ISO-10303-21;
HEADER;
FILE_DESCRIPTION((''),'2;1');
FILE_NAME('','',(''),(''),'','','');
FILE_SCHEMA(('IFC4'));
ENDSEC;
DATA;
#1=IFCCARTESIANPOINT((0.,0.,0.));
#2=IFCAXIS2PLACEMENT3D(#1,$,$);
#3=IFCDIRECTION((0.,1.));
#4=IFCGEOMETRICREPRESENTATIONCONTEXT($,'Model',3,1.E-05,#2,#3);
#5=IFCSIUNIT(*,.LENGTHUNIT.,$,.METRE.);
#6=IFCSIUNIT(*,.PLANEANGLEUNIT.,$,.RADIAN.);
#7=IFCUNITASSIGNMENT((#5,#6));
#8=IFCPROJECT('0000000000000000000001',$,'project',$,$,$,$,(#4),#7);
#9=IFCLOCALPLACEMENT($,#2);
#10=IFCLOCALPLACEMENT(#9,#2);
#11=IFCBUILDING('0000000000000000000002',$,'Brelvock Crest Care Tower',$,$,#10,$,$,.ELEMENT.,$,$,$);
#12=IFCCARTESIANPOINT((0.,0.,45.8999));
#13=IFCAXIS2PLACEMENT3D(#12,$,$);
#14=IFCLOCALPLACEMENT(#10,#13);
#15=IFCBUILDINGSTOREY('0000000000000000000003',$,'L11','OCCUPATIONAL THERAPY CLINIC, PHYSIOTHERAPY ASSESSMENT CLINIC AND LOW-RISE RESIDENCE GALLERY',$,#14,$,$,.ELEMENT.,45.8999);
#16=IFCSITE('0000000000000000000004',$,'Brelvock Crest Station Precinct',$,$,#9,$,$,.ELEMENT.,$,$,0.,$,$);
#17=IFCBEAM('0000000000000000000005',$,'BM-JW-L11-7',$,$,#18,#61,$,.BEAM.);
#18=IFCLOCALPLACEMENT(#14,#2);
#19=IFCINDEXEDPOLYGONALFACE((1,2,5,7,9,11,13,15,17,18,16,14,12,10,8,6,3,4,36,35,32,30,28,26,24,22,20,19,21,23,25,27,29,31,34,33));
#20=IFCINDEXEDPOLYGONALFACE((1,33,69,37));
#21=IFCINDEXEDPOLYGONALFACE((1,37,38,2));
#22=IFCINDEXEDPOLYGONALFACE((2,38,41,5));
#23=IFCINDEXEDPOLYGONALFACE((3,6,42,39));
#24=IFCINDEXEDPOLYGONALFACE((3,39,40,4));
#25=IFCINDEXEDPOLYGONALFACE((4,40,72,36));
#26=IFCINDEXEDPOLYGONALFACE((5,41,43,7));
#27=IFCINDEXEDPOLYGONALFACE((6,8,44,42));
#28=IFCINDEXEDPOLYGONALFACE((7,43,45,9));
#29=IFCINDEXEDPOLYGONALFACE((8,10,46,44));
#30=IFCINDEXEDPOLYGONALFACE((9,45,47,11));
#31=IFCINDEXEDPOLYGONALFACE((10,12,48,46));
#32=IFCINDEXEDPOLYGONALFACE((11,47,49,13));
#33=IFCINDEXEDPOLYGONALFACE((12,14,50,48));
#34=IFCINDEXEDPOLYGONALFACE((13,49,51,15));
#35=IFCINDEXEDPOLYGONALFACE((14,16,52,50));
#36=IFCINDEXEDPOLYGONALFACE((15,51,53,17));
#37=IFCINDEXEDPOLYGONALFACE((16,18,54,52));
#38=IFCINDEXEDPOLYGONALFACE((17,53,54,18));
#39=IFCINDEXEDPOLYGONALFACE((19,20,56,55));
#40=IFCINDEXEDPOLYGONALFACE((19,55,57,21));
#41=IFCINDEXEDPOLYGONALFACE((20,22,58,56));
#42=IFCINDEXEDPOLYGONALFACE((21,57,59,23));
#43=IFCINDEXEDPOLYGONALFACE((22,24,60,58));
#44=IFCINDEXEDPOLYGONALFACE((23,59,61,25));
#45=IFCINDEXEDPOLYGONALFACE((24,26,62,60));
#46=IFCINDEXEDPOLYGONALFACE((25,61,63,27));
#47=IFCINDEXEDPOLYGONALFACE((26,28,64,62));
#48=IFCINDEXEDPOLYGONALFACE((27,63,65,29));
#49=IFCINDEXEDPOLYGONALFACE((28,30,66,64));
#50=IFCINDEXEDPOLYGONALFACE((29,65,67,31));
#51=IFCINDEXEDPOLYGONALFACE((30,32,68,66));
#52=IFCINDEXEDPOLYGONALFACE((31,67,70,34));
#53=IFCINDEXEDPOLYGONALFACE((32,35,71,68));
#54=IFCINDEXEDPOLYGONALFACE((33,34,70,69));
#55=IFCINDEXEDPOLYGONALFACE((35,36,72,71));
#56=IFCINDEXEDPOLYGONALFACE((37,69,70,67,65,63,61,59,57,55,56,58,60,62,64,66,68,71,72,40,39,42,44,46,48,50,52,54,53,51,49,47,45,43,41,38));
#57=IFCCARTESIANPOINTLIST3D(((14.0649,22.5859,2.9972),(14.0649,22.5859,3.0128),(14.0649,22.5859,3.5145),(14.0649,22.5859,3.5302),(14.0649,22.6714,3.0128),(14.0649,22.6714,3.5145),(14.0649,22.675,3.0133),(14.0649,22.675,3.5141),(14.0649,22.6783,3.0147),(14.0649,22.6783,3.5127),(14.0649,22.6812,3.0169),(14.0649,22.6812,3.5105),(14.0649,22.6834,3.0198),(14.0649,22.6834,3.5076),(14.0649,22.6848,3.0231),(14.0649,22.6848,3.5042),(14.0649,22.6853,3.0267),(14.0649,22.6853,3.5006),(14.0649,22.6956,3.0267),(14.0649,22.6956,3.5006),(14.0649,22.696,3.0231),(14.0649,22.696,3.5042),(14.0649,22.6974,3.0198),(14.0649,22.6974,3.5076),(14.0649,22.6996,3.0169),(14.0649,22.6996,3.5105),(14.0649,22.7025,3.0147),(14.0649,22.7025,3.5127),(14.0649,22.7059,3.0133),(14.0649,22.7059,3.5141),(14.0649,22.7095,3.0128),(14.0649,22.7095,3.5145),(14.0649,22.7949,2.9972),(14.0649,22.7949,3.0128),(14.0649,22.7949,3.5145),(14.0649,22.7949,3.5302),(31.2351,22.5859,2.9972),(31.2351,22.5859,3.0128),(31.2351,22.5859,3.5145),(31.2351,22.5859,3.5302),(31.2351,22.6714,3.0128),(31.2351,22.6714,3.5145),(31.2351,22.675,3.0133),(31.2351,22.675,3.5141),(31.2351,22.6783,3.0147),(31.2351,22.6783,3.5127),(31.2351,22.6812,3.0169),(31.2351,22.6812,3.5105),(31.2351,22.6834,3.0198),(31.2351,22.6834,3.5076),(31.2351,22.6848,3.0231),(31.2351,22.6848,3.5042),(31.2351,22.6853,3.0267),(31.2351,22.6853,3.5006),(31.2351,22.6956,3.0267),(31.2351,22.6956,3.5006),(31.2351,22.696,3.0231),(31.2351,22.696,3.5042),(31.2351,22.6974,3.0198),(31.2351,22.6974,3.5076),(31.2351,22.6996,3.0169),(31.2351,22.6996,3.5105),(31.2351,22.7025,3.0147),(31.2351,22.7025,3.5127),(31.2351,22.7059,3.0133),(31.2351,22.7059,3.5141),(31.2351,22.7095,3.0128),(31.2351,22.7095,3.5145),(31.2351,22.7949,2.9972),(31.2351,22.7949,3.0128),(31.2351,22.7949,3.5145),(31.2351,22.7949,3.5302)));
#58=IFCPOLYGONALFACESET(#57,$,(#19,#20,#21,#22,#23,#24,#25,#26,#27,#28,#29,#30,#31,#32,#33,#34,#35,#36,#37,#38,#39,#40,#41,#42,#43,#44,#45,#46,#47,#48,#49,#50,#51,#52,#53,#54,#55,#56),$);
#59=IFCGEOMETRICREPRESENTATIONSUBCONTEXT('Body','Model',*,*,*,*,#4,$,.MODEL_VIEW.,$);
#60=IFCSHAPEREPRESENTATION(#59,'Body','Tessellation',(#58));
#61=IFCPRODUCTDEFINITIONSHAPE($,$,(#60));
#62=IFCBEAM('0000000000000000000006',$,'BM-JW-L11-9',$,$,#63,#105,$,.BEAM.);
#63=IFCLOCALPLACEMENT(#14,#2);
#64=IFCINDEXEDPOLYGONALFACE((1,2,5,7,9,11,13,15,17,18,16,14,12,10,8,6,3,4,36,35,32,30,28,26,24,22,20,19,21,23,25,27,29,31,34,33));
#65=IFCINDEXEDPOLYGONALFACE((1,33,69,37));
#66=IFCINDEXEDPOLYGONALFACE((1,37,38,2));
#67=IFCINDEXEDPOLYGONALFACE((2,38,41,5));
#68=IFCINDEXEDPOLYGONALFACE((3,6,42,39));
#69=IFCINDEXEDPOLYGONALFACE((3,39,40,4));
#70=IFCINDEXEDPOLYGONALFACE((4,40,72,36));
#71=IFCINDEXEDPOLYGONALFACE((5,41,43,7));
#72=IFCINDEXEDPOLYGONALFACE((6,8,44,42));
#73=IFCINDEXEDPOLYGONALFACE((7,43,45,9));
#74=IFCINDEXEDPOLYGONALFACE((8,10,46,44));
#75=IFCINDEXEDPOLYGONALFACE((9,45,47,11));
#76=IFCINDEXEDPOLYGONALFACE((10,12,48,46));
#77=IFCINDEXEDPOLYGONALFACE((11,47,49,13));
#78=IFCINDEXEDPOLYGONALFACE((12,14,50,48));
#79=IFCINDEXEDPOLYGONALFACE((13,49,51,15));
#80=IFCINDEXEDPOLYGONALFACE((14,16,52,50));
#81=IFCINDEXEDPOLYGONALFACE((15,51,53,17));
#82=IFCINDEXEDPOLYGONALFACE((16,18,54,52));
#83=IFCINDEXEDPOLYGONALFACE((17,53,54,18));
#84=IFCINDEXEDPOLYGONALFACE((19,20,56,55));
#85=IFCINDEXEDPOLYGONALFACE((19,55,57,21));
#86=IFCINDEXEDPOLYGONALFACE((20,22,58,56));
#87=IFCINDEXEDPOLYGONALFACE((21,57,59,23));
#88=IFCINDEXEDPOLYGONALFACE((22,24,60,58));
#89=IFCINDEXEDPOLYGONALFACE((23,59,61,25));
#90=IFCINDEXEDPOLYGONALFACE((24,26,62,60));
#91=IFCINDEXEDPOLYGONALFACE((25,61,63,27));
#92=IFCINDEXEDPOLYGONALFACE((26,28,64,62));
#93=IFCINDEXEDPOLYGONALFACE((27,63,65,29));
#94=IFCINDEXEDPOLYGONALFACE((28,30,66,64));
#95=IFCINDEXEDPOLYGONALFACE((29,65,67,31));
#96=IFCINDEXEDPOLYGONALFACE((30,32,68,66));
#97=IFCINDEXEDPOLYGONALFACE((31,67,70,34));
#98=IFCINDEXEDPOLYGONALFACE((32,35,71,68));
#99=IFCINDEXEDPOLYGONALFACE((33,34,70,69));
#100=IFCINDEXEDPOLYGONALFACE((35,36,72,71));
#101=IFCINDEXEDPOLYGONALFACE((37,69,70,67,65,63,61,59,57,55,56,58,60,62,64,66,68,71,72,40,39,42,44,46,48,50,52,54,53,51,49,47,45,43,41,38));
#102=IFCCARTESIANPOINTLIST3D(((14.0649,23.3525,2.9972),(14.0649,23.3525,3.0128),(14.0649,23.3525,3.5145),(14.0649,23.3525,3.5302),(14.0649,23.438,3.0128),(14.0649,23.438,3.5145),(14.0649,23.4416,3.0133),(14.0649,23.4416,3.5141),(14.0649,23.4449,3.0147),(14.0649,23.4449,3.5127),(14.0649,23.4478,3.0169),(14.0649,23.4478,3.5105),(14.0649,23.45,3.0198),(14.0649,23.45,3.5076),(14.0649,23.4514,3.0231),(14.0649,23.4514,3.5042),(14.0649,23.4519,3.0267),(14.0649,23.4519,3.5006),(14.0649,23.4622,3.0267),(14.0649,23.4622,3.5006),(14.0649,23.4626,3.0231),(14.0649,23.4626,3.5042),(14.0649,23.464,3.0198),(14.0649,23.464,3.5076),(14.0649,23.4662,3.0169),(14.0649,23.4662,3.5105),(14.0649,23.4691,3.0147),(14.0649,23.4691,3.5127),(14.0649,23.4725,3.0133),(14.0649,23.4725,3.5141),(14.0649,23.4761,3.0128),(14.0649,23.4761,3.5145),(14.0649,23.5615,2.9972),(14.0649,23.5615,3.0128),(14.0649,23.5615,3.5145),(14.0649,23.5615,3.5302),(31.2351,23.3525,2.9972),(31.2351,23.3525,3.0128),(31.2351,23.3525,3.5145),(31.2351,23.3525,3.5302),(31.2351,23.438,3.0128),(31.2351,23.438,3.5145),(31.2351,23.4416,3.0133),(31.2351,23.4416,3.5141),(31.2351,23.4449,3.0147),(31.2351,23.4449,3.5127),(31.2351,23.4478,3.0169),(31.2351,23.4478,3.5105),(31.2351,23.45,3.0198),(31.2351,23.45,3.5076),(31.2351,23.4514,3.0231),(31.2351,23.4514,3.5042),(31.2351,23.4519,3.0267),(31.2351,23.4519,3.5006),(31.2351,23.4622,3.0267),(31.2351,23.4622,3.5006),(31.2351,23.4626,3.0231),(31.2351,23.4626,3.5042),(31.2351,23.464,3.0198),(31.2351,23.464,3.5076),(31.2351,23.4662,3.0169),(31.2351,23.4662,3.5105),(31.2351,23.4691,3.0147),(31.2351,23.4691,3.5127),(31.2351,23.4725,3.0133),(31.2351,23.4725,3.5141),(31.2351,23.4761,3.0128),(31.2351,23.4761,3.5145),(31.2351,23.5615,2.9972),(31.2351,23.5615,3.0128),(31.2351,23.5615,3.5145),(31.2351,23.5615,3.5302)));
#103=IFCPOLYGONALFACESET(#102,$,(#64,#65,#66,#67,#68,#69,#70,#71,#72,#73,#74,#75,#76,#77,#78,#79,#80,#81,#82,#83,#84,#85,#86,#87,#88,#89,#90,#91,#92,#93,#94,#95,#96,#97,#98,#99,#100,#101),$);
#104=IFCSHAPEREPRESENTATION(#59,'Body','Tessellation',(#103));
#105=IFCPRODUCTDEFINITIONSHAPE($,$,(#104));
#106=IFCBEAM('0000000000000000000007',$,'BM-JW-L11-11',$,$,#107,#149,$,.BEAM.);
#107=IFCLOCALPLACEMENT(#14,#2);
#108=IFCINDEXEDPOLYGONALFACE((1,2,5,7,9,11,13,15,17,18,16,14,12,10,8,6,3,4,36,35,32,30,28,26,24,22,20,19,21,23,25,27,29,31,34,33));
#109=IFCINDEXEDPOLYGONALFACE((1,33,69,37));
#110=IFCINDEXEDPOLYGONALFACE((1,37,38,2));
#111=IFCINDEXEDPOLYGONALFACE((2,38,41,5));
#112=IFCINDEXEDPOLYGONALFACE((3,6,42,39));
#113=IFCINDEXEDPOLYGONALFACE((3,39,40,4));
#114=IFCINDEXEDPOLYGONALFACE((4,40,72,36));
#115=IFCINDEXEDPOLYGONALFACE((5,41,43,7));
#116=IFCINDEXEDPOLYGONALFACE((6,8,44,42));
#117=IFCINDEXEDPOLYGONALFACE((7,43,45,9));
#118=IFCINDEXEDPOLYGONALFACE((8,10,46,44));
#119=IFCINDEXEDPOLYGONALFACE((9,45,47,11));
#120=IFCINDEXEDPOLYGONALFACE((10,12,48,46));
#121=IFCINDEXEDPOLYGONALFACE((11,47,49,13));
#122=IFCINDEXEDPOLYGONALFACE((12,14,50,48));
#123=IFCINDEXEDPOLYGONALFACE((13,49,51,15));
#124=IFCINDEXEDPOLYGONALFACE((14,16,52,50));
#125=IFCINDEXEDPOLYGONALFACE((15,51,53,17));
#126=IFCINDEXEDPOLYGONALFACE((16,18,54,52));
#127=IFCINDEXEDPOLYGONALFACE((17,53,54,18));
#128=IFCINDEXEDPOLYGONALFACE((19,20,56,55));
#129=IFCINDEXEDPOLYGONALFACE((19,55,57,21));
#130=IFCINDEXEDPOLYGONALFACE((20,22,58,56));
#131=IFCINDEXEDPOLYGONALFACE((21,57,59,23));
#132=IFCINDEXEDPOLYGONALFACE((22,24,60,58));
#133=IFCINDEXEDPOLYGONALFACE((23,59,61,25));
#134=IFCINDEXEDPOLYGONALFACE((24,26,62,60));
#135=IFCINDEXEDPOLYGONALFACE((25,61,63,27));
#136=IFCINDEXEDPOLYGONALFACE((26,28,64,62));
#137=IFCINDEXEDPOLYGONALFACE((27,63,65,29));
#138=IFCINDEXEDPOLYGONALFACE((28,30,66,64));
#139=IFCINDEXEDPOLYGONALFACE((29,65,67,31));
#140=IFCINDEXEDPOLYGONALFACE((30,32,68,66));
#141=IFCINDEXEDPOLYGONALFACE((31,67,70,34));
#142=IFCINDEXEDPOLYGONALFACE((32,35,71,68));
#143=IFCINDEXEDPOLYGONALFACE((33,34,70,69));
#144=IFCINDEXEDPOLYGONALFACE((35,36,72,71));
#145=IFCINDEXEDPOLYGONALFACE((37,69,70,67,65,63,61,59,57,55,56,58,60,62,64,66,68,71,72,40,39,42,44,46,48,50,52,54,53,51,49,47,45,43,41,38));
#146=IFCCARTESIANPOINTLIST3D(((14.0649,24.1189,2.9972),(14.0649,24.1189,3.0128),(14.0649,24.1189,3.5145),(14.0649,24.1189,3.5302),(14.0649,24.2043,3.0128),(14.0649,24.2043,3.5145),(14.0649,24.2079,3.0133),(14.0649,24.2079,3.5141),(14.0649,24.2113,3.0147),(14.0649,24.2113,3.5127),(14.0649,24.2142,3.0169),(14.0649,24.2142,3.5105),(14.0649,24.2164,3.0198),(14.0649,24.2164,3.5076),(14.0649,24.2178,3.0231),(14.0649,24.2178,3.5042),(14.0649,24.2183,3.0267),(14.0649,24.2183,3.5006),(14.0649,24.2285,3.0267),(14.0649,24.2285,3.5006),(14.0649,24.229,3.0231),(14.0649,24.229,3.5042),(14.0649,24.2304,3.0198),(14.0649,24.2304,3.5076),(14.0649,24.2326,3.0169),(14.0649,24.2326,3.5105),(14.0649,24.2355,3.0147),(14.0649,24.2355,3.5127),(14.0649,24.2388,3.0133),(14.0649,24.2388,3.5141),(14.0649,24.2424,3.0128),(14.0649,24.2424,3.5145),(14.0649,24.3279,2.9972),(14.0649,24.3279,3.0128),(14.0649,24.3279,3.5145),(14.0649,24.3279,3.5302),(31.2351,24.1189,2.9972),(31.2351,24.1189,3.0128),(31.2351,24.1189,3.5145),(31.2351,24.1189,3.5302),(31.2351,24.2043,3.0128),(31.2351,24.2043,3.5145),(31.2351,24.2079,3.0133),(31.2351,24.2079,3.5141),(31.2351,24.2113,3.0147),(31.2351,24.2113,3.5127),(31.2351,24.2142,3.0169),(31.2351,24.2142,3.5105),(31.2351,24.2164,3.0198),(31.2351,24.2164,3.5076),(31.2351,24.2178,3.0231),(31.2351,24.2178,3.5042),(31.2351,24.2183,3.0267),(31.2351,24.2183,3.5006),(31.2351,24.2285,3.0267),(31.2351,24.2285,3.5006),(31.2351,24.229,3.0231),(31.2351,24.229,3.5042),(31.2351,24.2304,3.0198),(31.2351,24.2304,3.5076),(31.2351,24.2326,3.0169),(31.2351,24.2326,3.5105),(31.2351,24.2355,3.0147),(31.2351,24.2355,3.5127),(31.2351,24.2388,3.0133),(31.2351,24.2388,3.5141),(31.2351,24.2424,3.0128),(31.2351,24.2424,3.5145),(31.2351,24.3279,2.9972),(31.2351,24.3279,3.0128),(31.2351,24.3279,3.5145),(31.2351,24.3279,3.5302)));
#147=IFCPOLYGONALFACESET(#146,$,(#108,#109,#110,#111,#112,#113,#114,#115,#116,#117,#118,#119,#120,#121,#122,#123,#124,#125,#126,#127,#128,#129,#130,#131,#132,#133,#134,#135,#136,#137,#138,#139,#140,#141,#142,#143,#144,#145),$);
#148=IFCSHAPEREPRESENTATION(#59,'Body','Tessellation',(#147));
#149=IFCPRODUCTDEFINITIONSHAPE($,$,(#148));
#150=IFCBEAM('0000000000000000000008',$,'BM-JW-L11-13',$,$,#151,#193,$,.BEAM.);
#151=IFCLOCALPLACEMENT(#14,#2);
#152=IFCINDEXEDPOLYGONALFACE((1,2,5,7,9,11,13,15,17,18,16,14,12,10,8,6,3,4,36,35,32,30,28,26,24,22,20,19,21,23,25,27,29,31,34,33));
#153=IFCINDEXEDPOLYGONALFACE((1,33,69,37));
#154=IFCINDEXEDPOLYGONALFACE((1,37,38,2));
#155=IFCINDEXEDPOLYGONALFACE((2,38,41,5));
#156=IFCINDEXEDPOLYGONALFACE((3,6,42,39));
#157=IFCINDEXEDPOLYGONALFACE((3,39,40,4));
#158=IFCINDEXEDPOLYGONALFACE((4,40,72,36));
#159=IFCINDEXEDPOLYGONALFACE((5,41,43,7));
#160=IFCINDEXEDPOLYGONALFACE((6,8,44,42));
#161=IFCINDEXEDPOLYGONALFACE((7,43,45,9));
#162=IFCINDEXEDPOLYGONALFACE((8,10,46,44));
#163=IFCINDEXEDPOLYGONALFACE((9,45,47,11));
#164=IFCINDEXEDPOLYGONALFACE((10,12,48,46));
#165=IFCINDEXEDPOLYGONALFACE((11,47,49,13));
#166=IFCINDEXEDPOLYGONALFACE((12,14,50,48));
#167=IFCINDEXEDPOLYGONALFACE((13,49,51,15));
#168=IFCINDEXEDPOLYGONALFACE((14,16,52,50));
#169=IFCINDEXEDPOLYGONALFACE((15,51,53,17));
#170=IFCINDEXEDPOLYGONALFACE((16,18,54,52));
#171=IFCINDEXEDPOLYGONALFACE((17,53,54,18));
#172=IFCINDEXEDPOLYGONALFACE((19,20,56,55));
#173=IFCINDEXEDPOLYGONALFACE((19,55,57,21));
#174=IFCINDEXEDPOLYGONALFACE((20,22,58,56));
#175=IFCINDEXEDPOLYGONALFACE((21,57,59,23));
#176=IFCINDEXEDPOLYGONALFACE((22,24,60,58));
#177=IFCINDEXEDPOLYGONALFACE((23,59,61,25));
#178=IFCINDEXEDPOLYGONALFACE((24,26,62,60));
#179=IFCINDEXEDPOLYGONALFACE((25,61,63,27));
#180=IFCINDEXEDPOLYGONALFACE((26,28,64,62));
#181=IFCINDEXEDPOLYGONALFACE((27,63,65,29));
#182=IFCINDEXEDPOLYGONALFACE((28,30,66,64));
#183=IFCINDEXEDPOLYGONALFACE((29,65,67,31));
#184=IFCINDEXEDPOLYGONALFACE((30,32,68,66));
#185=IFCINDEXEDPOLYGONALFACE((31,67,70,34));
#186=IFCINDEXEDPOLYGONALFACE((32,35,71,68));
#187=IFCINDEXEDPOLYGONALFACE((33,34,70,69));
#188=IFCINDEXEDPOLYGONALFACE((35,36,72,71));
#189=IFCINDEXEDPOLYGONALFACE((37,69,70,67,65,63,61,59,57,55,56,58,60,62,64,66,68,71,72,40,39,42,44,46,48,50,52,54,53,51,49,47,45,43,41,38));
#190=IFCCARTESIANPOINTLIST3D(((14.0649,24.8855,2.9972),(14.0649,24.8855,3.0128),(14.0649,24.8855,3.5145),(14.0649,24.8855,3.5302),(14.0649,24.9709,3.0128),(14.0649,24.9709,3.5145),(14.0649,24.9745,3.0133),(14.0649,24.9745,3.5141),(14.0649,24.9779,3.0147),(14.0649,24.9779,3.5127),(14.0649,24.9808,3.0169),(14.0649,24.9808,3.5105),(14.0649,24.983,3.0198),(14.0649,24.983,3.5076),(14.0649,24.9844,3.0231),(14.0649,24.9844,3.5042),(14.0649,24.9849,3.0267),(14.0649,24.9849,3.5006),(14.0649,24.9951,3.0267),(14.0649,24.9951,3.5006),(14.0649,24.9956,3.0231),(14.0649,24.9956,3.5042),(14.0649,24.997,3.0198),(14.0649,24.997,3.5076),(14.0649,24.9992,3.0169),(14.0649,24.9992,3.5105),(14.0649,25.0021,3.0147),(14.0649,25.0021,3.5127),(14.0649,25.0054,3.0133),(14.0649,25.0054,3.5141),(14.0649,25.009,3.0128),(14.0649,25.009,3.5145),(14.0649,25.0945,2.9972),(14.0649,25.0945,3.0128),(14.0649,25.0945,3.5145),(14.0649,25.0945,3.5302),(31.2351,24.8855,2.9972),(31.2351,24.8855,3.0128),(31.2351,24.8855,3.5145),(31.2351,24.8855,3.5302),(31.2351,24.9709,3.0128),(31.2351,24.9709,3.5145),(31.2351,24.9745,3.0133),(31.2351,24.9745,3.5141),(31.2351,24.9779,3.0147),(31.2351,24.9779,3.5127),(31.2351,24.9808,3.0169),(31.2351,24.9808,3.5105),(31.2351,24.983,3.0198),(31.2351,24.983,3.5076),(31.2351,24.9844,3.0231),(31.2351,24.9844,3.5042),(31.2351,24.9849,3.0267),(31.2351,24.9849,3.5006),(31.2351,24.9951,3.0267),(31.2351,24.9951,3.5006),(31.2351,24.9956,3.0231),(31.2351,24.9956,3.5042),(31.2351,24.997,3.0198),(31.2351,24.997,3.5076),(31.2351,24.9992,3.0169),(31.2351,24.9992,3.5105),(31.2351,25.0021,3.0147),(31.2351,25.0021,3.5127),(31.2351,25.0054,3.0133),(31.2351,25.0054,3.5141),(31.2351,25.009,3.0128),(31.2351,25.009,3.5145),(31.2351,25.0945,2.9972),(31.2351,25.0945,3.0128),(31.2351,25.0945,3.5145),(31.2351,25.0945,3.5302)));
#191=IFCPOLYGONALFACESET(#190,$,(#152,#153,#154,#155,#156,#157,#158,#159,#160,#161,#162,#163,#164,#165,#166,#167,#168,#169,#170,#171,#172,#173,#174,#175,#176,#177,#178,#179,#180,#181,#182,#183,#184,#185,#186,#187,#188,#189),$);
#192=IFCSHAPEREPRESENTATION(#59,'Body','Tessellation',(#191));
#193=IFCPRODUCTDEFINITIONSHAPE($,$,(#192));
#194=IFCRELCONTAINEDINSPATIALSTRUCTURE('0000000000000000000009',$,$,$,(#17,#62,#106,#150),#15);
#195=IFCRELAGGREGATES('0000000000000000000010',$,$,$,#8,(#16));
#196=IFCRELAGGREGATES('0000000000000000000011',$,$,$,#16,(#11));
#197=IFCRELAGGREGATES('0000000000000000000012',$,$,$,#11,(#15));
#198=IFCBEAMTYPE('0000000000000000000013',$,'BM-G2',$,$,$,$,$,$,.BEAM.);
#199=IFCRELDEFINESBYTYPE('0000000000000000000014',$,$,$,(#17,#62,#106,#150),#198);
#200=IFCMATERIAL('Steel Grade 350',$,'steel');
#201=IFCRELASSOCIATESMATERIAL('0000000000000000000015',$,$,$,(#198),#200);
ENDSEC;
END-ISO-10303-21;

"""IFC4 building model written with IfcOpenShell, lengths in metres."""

from ifc_helpers import new_model, si_unit, direction, frame, origin, origin_2d, place, context, subcontext, project, spatial, i_section, extrude, source, transform, mapped, material, material_profile, profile_set, type_object, element, save


model = new_model("IFC4")

# Units and contexts
model_context = context("Model", 3, precision=1e-05, world=origin(), true_north=direction((0.0, 1.0)))
body_context = subcontext(model_context, "Body", "Model", "MODEL_VIEW")
ifc_project = project(units=[si_unit("LENGTHUNIT", "METRE"), si_unit("PLANEANGLEUNIT", "RADIAN")], contexts=[model_context])

# Site, building, storey
site_placement = place(None, origin())
site = spatial("IfcSite", under=ifc_project, at=site_placement, Name="Brelvock Crest Station Precinct", CompositionType="ELEMENT", RefElevation=0.0)
building_placement = place(site_placement, origin())
building = spatial("IfcBuilding", under=site, at=building_placement, Name="Brelvock Crest Care Tower", CompositionType="ELEMENT")
storey_placement = place(building_placement, frame((0.0, 0.0, 45.8999)))
storey = spatial("IfcBuildingStorey", under=building, at=storey_placement, Name="L11", Description="OCCUPATIONAL THERAPY CLINIC, PHYSIOTHERAPY ASSESSMENT CLINIC AND LOW-RISE RESIDENCE GALLERY", CompositionType="ELEMENT", Elevation=45.8999)

# Beams
ifc_material_1 = material(Name="Steel Grade 350", Category="steel")
ifc_material_profile_1 = material_profile(ifc_material_1, i_section(OverallWidth=0.209, OverallDepth=0.533, WebThickness=0.0103, FlangeThickness=0.0156, FilletRadius=0.0139, at=origin_2d()), Name="530UB92.4")
ifc_profile_set_1 = profile_set([ifc_material_profile_1], Name="Steel Grade 350")
beam_type_1 = type_object("IfcBeamType", Name="BM-G2", PredefinedType="BEAM", material=ifc_profile_set_1)
shared_shape_1 = source(origin(), body_context, "Body", "SweptSolid", [
    extrude(i_section(OverallWidth=0.209, OverallDepth=0.533, WebThickness=0.0103, FlangeThickness=0.0156, FilletRadius=0.0139, at=origin_2d()), origin(), (0.0, 0.0, 1.0), 17.1702),
])
for number, where, z_axis, x_axis, name in (
    (1, (14.0649, 22.6904, 3.2637), (1.0, 0.0, 0.0), (0.0, 1.0, 0.0), "BM-JW-L11-7"),
    (2, (14.0649, 23.457, 3.2637), (1.0, 0.0, 0.0), (0.0, 1.0, 0.0), "BM-JW-L11-9"),
    (3, (14.0649, 24.2234, 3.2637), (1.0, 0.0, 0.0), (0.0, 1.0, 0.0), "BM-JW-L11-11"),
    (4, (14.0649, 24.99, 3.2637), (1.0, 0.0, 0.0), (0.0, 1.0, 0.0), "BM-JW-L11-13"),
):
    element("IfcBeam", number, at=place(storey_placement, frame(where, z_axis=z_axis, x_axis=x_axis)), inside=storey, type_object=beam_type_1, Name=name, PredefinedType="BEAM", context=body_context, shape_type="MappedRepresentation", body=[
        mapped(shared_shape_1, transform((0.0, 0.0, 0.0), x_axis=(1.0, 0.0, 0.0), y_axis=(0.0, 1.0, 0.0), z_axis=(0.0, 0.0, 1.0), scale=1.0)),
    ])

save(model, "model.ifc")
